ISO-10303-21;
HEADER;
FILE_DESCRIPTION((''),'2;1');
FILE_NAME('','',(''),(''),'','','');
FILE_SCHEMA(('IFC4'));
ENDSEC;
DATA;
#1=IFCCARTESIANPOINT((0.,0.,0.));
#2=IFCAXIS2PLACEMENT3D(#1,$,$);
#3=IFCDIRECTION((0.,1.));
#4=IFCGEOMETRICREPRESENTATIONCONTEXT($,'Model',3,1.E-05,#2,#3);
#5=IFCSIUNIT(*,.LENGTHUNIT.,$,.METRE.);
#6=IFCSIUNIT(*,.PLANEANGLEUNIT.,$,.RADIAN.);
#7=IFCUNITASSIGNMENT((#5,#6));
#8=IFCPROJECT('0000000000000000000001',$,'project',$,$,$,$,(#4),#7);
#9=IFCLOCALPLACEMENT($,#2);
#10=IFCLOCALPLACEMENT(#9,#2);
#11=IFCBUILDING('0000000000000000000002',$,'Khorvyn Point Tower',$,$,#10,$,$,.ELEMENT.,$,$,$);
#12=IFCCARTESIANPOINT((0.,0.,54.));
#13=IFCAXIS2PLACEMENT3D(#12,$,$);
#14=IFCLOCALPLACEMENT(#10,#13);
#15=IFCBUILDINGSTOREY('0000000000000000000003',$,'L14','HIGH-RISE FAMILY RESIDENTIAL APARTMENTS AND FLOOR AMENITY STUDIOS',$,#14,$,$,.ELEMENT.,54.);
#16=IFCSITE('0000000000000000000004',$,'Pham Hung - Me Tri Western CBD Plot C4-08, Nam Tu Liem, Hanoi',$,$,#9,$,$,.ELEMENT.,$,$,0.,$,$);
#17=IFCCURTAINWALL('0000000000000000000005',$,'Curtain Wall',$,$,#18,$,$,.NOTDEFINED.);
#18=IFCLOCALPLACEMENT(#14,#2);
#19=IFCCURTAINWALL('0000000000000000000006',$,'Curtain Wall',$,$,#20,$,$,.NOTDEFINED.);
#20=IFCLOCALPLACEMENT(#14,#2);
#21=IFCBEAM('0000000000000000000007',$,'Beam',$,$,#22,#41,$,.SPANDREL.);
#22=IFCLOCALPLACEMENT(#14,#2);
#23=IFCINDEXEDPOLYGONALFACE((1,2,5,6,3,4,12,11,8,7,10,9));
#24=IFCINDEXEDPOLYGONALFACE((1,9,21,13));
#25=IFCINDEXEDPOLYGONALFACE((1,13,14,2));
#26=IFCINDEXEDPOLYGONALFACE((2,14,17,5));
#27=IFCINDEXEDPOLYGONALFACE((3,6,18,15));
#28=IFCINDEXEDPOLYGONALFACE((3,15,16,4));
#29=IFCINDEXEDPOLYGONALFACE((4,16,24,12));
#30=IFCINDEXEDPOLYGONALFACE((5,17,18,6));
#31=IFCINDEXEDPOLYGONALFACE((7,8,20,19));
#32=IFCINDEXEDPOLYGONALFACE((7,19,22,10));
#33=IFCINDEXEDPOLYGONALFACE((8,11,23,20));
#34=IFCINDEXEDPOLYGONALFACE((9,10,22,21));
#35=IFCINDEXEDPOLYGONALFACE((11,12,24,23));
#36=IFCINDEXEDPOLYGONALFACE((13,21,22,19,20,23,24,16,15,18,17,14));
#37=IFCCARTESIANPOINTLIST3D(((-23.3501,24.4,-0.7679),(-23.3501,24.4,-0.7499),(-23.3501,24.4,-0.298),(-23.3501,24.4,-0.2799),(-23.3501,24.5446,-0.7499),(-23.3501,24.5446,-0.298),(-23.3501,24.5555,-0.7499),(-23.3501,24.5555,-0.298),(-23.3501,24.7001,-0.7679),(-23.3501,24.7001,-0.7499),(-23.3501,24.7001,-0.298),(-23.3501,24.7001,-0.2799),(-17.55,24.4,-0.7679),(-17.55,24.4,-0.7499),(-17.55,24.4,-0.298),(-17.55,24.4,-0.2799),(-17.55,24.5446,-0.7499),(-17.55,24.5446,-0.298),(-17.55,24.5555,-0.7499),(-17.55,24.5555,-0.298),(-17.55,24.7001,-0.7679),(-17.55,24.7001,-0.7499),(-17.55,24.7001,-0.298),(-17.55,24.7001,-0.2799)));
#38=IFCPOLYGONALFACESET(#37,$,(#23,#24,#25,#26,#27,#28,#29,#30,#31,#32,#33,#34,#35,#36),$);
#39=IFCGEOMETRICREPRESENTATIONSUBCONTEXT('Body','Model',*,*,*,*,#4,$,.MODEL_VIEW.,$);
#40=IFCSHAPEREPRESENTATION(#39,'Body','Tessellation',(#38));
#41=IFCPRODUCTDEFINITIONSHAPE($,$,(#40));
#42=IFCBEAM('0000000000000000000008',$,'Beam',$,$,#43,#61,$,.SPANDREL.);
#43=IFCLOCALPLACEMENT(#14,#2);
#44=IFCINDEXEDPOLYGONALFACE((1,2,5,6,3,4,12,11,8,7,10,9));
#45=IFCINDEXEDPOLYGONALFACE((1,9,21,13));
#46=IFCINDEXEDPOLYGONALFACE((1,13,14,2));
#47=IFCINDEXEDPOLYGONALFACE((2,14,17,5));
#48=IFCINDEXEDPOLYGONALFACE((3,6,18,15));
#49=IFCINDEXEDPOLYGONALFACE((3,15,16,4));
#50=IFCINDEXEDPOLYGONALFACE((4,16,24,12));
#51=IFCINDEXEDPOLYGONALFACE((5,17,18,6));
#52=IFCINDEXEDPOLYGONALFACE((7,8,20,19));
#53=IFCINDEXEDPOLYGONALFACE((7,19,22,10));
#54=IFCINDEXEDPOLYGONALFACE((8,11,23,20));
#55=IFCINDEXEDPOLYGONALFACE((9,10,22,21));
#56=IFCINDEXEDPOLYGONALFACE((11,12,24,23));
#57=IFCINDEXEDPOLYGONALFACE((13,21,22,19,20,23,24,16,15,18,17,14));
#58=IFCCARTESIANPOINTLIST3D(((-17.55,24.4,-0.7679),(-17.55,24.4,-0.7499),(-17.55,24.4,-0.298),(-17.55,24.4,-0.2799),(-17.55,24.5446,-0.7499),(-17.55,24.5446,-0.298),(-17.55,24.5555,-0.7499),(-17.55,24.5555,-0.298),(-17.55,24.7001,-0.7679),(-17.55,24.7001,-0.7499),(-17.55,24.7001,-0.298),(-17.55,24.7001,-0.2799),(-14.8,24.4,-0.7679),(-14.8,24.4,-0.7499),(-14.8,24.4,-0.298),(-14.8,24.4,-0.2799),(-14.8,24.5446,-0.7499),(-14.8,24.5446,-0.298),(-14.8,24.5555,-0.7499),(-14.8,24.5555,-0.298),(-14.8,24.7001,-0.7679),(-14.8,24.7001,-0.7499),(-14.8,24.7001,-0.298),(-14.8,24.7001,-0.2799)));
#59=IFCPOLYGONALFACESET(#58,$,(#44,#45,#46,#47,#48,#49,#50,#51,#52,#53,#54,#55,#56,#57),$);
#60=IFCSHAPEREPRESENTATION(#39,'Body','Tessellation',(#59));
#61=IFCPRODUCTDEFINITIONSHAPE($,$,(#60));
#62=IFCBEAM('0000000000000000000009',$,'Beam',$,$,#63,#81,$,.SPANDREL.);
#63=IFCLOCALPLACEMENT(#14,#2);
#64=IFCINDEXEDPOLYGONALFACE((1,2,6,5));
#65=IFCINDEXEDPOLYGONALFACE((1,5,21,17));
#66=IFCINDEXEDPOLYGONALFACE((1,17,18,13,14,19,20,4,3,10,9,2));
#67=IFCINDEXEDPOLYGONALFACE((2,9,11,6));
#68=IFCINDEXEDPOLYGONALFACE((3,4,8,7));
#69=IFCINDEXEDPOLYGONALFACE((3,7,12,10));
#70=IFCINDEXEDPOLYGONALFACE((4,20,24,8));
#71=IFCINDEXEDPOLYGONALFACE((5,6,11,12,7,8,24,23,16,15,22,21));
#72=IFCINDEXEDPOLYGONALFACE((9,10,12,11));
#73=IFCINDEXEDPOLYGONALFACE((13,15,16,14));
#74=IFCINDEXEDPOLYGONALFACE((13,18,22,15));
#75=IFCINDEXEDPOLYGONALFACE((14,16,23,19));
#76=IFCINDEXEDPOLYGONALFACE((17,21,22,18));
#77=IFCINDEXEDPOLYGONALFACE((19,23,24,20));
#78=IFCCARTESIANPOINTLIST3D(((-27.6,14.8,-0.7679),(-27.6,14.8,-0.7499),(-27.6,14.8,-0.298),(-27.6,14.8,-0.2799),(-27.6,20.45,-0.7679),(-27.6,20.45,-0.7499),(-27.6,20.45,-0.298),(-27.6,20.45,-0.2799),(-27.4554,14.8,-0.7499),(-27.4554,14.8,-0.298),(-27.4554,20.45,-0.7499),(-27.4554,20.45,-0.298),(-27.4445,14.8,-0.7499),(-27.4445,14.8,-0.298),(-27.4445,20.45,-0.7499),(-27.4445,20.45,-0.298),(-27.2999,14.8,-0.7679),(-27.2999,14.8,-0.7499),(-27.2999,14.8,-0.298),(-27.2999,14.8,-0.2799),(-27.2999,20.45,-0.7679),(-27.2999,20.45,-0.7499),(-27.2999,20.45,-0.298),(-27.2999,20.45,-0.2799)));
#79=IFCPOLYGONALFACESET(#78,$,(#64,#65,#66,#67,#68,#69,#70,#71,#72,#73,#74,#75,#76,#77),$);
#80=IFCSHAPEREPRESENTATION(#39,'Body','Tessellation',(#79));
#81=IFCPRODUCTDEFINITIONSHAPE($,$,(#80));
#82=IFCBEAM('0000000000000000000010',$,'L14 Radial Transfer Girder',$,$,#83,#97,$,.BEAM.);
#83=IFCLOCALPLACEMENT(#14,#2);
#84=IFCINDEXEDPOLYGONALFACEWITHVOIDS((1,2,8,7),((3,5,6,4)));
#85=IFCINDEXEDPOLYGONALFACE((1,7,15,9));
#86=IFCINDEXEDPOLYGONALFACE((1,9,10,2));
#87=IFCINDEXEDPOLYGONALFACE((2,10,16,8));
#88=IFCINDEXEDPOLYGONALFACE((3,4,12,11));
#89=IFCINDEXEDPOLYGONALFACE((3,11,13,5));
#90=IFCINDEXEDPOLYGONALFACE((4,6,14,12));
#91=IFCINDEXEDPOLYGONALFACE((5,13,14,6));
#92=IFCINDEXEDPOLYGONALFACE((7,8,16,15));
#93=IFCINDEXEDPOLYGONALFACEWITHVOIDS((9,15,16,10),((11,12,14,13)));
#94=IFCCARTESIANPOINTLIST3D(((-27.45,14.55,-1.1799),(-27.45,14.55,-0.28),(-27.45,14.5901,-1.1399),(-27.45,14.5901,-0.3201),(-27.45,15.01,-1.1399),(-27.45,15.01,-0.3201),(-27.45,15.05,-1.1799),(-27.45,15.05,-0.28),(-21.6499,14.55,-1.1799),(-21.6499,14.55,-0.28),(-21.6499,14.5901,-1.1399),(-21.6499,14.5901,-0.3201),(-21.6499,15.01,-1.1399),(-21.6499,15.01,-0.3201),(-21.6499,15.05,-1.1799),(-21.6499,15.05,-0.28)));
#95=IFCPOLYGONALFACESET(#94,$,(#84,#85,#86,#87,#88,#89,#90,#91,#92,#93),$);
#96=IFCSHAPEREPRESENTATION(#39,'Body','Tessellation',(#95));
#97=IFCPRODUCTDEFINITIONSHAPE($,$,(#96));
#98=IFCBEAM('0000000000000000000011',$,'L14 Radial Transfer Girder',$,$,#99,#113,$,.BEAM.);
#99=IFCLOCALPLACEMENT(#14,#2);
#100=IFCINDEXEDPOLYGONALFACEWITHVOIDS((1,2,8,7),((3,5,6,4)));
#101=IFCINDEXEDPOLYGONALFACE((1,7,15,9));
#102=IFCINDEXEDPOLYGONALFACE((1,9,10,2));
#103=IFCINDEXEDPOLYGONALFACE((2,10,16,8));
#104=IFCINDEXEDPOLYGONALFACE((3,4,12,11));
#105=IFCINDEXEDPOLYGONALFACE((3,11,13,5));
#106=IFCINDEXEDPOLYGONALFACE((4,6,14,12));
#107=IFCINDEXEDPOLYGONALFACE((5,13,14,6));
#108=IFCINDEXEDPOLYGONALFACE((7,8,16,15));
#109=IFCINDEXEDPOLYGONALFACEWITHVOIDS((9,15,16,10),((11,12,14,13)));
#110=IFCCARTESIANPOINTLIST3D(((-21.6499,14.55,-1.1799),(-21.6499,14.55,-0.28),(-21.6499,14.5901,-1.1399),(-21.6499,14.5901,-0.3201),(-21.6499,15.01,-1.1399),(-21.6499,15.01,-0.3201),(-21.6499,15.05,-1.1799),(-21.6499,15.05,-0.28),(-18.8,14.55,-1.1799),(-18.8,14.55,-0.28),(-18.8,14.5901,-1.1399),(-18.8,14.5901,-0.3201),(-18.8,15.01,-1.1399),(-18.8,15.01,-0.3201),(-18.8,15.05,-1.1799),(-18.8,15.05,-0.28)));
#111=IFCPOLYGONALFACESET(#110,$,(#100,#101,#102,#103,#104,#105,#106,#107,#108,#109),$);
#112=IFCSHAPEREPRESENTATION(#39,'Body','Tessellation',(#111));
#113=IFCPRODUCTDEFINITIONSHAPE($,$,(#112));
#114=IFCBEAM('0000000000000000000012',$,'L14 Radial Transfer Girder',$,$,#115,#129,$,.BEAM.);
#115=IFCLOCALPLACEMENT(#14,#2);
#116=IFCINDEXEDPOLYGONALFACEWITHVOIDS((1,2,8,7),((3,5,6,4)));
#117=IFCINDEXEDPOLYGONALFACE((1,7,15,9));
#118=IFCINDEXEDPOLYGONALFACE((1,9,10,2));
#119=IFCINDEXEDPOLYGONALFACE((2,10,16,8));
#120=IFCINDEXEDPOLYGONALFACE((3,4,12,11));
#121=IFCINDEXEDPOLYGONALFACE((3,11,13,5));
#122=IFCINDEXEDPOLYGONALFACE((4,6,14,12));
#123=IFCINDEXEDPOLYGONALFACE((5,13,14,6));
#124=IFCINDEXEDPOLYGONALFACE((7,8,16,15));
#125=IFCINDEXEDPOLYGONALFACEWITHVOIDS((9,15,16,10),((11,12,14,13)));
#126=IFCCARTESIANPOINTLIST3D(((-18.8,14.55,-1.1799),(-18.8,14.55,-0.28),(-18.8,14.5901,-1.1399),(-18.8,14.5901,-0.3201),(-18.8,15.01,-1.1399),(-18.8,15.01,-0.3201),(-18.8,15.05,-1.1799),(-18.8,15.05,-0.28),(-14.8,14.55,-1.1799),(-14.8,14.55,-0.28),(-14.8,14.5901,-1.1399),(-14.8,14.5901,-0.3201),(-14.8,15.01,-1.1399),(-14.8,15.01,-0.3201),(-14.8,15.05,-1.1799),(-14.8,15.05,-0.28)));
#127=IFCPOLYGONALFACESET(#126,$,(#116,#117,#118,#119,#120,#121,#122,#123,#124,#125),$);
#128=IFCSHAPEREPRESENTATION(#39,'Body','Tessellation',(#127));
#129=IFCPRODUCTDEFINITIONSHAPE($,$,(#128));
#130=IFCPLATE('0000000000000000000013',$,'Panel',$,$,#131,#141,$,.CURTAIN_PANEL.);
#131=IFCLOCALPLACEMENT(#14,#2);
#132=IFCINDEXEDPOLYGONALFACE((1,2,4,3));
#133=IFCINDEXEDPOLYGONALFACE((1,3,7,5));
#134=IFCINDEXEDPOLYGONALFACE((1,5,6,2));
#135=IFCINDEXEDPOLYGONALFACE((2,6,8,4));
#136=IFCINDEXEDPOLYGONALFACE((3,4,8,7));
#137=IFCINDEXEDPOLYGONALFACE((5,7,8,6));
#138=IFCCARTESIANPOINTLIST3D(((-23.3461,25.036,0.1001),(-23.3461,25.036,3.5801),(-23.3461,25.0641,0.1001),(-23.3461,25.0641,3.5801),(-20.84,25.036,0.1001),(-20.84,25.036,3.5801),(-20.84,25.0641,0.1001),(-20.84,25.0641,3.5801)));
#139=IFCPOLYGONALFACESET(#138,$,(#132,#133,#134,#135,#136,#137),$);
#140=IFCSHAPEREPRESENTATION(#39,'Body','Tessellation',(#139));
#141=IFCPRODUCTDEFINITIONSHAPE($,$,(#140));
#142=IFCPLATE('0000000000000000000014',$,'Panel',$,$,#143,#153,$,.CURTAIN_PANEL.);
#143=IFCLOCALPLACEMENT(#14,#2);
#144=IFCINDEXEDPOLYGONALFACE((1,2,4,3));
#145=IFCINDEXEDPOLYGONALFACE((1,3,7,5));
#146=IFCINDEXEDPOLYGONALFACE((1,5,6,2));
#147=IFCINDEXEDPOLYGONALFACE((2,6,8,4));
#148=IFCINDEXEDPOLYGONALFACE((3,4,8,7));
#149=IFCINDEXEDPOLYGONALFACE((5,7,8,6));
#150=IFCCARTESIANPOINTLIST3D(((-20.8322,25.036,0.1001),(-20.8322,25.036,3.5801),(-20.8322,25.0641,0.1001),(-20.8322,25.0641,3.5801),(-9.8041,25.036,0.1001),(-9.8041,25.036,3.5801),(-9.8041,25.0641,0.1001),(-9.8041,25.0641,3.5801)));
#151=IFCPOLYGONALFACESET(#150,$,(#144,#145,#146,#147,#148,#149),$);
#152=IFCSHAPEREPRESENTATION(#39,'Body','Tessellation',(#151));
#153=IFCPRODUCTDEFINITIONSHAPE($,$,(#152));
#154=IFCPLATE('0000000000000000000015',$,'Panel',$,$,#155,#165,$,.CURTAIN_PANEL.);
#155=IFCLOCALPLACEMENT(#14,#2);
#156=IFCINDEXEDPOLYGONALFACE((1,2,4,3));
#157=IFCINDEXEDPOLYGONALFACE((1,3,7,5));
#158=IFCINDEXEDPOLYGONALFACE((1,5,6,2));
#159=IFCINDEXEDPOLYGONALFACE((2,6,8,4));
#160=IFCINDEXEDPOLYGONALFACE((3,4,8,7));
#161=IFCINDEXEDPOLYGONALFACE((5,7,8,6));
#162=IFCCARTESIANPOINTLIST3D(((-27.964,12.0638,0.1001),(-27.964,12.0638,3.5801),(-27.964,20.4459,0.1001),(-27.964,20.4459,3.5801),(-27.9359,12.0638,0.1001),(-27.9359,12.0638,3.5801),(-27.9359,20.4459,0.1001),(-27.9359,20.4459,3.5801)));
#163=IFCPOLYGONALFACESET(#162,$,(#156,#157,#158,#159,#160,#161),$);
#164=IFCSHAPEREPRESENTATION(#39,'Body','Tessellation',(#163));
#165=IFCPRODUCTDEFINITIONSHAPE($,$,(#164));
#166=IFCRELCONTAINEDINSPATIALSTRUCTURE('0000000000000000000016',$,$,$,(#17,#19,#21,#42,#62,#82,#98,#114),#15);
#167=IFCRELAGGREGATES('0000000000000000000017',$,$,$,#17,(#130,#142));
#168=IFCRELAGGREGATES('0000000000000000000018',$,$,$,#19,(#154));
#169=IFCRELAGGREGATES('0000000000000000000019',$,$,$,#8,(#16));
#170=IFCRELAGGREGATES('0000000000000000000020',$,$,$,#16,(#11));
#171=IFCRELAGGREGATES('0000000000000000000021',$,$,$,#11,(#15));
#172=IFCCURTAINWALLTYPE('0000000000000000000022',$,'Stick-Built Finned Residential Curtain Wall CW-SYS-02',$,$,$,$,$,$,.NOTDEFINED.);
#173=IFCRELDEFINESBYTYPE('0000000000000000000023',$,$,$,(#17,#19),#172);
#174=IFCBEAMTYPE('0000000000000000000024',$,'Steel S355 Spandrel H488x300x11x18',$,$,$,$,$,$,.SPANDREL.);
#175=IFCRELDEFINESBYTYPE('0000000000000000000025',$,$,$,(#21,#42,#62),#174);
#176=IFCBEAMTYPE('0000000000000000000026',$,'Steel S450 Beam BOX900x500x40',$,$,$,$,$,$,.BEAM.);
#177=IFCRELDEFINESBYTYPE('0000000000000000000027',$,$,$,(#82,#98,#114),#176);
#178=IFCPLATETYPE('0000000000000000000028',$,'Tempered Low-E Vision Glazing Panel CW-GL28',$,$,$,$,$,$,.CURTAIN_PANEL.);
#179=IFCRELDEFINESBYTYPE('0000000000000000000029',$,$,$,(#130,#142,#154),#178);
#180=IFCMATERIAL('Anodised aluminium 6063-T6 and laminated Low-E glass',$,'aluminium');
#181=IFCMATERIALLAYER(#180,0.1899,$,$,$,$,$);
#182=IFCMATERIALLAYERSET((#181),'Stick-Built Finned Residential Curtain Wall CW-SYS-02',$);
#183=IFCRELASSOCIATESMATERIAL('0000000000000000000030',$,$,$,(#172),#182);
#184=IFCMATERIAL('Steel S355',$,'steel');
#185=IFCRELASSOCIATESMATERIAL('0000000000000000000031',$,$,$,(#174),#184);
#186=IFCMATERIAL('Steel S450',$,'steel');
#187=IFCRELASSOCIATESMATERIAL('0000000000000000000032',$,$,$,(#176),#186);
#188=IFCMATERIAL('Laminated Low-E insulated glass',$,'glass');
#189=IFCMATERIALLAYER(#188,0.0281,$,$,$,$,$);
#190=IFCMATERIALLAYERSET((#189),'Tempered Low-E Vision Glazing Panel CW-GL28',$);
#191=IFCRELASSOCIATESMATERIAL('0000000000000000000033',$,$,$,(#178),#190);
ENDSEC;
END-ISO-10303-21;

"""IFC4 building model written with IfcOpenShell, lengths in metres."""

from ifc_helpers import new_model, si_unit, direction, frame, origin, origin_2d, place, context, subcontext, project, spatial, rectangle, hollow_rectangle, i_section, extrude, material, layer, layer_set, material_profile, profile_set, type_object, element, aggregate, save


model = new_model("IFC4")

# Units and contexts
model_context = context("Model", 3, precision=1e-05, world=origin(), true_north=direction((0.0, 1.0)))
body_context = subcontext(model_context, "Body", "Model", "MODEL_VIEW")
ifc_project = project(units=[si_unit("LENGTHUNIT", "METRE"), si_unit("PLANEANGLEUNIT", "RADIAN")], contexts=[model_context])

# Site, building, storey
site_placement = place(None, origin())
site = spatial("IfcSite", under=ifc_project, at=site_placement, Name="Pham Hung - Me Tri Western CBD Plot C4-08, Nam Tu Liem, Hanoi", CompositionType="ELEMENT", RefElevation=0.0)
building_placement = place(site_placement, origin())
building = spatial("IfcBuilding", under=site, at=building_placement, Name="Khorvyn Point Tower", CompositionType="ELEMENT")
storey_placement = place(building_placement, frame((0.0, 0.0, 54.0)))
storey = spatial("IfcBuildingStorey", under=building, at=storey_placement, Name="L14", Description="HIGH-RISE FAMILY RESIDENTIAL APARTMENTS AND FLOOR AMENITY STUDIOS", CompositionType="ELEMENT", Elevation=54.0)

# Shared definitions
ifc_material_1 = material(Name="Steel S450", Category="steel")

# Curtain walls
ifc_material_2 = material(Name="Anodised aluminium 6063-T6 and laminated Low-E glass", Category="aluminium")
ifc_layer_1 = layer(ifc_material_2, 0.1899)
ifc_layer_set_1 = layer_set([ifc_layer_1], Name="Stick-Built Finned Residential Curtain Wall CW-SYS-02")
curtain_wall_type = type_object("IfcCurtainWallType", Name="Stick-Built Finned Residential Curtain Wall CW-SYS-02", PredefinedType="NOTDEFINED", material=ifc_layer_set_1)
curtain_wall_1_placement = place(storey_placement, origin())
curtain_wall_1 = element("IfcCurtainWall", 1, at=curtain_wall_1_placement, inside=storey, type_object=curtain_wall_type, Name="Curtain Wall", PredefinedType="NOTDEFINED")
curtain_wall_2_placement = place(storey_placement, origin())
curtain_wall_2 = element("IfcCurtainWall", 2, at=curtain_wall_2_placement, inside=storey, type_object=curtain_wall_type, Name="Curtain Wall", PredefinedType="NOTDEFINED")

# Beams
ifc_material_3 = material(Name="Steel S355", Category="steel")
ifc_material_profile_1 = material_profile(ifc_material_3, i_section(OverallWidth=0.3, OverallDepth=0.488, WebThickness=0.011, FlangeThickness=0.0181, at=origin_2d()))
ifc_profile_set_1 = profile_set([ifc_material_profile_1], Name="Steel S355 H488x300x11x18")
beam_type_1 = type_object("IfcBeamType", Name="Steel S355 Spandrel H488x300x11x18", PredefinedType="SPANDREL", material=ifc_profile_set_1)
beam_1_placement = place(storey_placement, frame((-23.3501, 24.55, -0.5239), z_axis=(1.0, 0.0, 0.0), x_axis=(0.0, 1.0, 0.0)))
element("IfcBeam", 3, at=beam_1_placement, inside=storey, type_object=beam_type_1, Name="Beam", PredefinedType="SPANDREL", context=body_context, shape_type="SweptSolid", body=[
    extrude(i_section(OverallWidth=0.3, OverallDepth=0.488, WebThickness=0.011, FlangeThickness=0.0181, at=origin_2d()), origin(), (0.0, 0.0, 1.0), 5.8),
])
beam_2_placement = place(storey_placement, frame((-17.55, 24.55, -0.5239), z_axis=(1.0, 0.0, 0.0), x_axis=(0.0, 1.0, 0.0)))
element("IfcBeam", 4, at=beam_2_placement, inside=storey, type_object=beam_type_1, Name="Beam", PredefinedType="SPANDREL", context=body_context, shape_type="SweptSolid", body=[
    extrude(i_section(OverallWidth=0.3, OverallDepth=0.488, WebThickness=0.011, FlangeThickness=0.0181, at=origin_2d()), origin(), (0.0, 0.0, 1.0), 2.75),
])
beam_3_placement = place(storey_placement, frame((-27.45, 14.8, -0.5239), z_axis=(0.0, 1.0, 0.0), x_axis=(-1.0, 0.0, 0.0)))
element("IfcBeam", 5, at=beam_3_placement, inside=storey, type_object=beam_type_1, Name="Beam", PredefinedType="SPANDREL", context=body_context, shape_type="SweptSolid", body=[
    extrude(i_section(OverallWidth=0.3, OverallDepth=0.488, WebThickness=0.011, FlangeThickness=0.0181, at=origin_2d()), origin(), (0.0, 0.0, 1.0), 5.6499),
])
ifc_material_profile_2 = material_profile(ifc_material_1, hollow_rectangle(XDim=0.5, YDim=0.8999, WallThickness=0.04, at=origin_2d()))
ifc_profile_set_2 = profile_set([ifc_material_profile_2], Name="Steel S450 BOX900x500x40")
beam_type_2 = type_object("IfcBeamType", Name="Steel S450 Beam BOX900x500x40", PredefinedType="BEAM", material=ifc_profile_set_2)
beam_4_placement = place(storey_placement, frame((-27.45, 14.8, -0.73), z_axis=(1.0, 0.0, 0.0), x_axis=(0.0, 1.0, 0.0)))
element("IfcBeam", 6, at=beam_4_placement, inside=storey, type_object=beam_type_2, Name="L14 Radial Transfer Girder", PredefinedType="BEAM", context=body_context, shape_type="SweptSolid", body=[
    extrude(hollow_rectangle(XDim=0.5, YDim=0.8999, WallThickness=0.04, at=origin_2d()), origin(), (0.0, 0.0, 1.0), 5.8),
])
beam_5_placement = place(storey_placement, frame((-21.6499, 14.8, -0.73), z_axis=(1.0, 0.0, 0.0), x_axis=(0.0, 1.0, 0.0)))
element("IfcBeam", 7, at=beam_5_placement, inside=storey, type_object=beam_type_2, Name="L14 Radial Transfer Girder", PredefinedType="BEAM", context=body_context, shape_type="SweptSolid", body=[
    extrude(hollow_rectangle(XDim=0.5, YDim=0.8999, WallThickness=0.04, at=origin_2d()), origin(), (0.0, 0.0, 1.0), 2.8499),
])
beam_6_placement = place(storey_placement, frame((-18.8, 14.8, -0.73), z_axis=(1.0, 0.0, 0.0), x_axis=(0.0, 1.0, 0.0)))
element("IfcBeam", 8, at=beam_6_placement, inside=storey, type_object=beam_type_2, Name="L14 Radial Transfer Girder", PredefinedType="BEAM", context=body_context, shape_type="SweptSolid", body=[
    extrude(hollow_rectangle(XDim=0.5, YDim=0.8999, WallThickness=0.04, at=origin_2d()), origin(), (0.0, 0.0, 1.0), 4.0),
])

# Plates
ifc_material_4 = material(Name="Laminated Low-E insulated glass", Category="glass")
ifc_layer_2 = layer(ifc_material_4, 0.0281)
ifc_layer_set_2 = layer_set([ifc_layer_2], Name="Tempered Low-E Vision Glazing Panel CW-GL28")
plate_type = type_object("IfcPlateType", Name="Tempered Low-E Vision Glazing Panel CW-GL28", PredefinedType="CURTAIN_PANEL", material=ifc_layer_set_2)
plate_1_placement = place(storey_placement, frame((-22.093, 25.05, 0.1001), z_axis=(0.0, 0.0, 1.0), x_axis=(1.0, 0.0, 0.0)))
plate_1 = element("IfcPlate", 9, at=plate_1_placement, type_object=plate_type, Name="Panel", PredefinedType="CURTAIN_PANEL", context=body_context, shape_type="SweptSolid", body=[
    extrude(rectangle(XDim=2.5061, YDim=0.0281, at=origin_2d()), origin(), (0.0, 0.0, 1.0), 3.48),
])
plate_2_placement = place(storey_placement, frame((-15.3181, 25.05, 0.1001), z_axis=(0.0, 0.0, 1.0), x_axis=(1.0, 0.0, 0.0)))
plate_2 = element("IfcPlate", 10, at=plate_2_placement, type_object=plate_type, Name="Panel", PredefinedType="CURTAIN_PANEL", context=body_context, shape_type="SweptSolid", body=[
    extrude(rectangle(XDim=11.0281, YDim=0.0281, at=origin_2d()), origin(), (0.0, 0.0, 1.0), 3.48),
])
aggregate(curtain_wall_1, [plate_1, plate_2])
plate_3_placement = place(storey_placement, frame((-27.95, 16.2549, 0.1001), z_axis=(0.0, 0.0, 1.0), x_axis=(0.0, 1.0, 0.0)))
plate_3 = element("IfcPlate", 11, at=plate_3_placement, type_object=plate_type, Name="Panel", PredefinedType="CURTAIN_PANEL", context=body_context, shape_type="SweptSolid", body=[
    extrude(rectangle(XDim=8.3821, YDim=0.0281, at=origin_2d()), origin(), (0.0, 0.0, 1.0), 3.48),
])
aggregate(curtain_wall_2, [plate_3])

save(model, "model.ifc")
